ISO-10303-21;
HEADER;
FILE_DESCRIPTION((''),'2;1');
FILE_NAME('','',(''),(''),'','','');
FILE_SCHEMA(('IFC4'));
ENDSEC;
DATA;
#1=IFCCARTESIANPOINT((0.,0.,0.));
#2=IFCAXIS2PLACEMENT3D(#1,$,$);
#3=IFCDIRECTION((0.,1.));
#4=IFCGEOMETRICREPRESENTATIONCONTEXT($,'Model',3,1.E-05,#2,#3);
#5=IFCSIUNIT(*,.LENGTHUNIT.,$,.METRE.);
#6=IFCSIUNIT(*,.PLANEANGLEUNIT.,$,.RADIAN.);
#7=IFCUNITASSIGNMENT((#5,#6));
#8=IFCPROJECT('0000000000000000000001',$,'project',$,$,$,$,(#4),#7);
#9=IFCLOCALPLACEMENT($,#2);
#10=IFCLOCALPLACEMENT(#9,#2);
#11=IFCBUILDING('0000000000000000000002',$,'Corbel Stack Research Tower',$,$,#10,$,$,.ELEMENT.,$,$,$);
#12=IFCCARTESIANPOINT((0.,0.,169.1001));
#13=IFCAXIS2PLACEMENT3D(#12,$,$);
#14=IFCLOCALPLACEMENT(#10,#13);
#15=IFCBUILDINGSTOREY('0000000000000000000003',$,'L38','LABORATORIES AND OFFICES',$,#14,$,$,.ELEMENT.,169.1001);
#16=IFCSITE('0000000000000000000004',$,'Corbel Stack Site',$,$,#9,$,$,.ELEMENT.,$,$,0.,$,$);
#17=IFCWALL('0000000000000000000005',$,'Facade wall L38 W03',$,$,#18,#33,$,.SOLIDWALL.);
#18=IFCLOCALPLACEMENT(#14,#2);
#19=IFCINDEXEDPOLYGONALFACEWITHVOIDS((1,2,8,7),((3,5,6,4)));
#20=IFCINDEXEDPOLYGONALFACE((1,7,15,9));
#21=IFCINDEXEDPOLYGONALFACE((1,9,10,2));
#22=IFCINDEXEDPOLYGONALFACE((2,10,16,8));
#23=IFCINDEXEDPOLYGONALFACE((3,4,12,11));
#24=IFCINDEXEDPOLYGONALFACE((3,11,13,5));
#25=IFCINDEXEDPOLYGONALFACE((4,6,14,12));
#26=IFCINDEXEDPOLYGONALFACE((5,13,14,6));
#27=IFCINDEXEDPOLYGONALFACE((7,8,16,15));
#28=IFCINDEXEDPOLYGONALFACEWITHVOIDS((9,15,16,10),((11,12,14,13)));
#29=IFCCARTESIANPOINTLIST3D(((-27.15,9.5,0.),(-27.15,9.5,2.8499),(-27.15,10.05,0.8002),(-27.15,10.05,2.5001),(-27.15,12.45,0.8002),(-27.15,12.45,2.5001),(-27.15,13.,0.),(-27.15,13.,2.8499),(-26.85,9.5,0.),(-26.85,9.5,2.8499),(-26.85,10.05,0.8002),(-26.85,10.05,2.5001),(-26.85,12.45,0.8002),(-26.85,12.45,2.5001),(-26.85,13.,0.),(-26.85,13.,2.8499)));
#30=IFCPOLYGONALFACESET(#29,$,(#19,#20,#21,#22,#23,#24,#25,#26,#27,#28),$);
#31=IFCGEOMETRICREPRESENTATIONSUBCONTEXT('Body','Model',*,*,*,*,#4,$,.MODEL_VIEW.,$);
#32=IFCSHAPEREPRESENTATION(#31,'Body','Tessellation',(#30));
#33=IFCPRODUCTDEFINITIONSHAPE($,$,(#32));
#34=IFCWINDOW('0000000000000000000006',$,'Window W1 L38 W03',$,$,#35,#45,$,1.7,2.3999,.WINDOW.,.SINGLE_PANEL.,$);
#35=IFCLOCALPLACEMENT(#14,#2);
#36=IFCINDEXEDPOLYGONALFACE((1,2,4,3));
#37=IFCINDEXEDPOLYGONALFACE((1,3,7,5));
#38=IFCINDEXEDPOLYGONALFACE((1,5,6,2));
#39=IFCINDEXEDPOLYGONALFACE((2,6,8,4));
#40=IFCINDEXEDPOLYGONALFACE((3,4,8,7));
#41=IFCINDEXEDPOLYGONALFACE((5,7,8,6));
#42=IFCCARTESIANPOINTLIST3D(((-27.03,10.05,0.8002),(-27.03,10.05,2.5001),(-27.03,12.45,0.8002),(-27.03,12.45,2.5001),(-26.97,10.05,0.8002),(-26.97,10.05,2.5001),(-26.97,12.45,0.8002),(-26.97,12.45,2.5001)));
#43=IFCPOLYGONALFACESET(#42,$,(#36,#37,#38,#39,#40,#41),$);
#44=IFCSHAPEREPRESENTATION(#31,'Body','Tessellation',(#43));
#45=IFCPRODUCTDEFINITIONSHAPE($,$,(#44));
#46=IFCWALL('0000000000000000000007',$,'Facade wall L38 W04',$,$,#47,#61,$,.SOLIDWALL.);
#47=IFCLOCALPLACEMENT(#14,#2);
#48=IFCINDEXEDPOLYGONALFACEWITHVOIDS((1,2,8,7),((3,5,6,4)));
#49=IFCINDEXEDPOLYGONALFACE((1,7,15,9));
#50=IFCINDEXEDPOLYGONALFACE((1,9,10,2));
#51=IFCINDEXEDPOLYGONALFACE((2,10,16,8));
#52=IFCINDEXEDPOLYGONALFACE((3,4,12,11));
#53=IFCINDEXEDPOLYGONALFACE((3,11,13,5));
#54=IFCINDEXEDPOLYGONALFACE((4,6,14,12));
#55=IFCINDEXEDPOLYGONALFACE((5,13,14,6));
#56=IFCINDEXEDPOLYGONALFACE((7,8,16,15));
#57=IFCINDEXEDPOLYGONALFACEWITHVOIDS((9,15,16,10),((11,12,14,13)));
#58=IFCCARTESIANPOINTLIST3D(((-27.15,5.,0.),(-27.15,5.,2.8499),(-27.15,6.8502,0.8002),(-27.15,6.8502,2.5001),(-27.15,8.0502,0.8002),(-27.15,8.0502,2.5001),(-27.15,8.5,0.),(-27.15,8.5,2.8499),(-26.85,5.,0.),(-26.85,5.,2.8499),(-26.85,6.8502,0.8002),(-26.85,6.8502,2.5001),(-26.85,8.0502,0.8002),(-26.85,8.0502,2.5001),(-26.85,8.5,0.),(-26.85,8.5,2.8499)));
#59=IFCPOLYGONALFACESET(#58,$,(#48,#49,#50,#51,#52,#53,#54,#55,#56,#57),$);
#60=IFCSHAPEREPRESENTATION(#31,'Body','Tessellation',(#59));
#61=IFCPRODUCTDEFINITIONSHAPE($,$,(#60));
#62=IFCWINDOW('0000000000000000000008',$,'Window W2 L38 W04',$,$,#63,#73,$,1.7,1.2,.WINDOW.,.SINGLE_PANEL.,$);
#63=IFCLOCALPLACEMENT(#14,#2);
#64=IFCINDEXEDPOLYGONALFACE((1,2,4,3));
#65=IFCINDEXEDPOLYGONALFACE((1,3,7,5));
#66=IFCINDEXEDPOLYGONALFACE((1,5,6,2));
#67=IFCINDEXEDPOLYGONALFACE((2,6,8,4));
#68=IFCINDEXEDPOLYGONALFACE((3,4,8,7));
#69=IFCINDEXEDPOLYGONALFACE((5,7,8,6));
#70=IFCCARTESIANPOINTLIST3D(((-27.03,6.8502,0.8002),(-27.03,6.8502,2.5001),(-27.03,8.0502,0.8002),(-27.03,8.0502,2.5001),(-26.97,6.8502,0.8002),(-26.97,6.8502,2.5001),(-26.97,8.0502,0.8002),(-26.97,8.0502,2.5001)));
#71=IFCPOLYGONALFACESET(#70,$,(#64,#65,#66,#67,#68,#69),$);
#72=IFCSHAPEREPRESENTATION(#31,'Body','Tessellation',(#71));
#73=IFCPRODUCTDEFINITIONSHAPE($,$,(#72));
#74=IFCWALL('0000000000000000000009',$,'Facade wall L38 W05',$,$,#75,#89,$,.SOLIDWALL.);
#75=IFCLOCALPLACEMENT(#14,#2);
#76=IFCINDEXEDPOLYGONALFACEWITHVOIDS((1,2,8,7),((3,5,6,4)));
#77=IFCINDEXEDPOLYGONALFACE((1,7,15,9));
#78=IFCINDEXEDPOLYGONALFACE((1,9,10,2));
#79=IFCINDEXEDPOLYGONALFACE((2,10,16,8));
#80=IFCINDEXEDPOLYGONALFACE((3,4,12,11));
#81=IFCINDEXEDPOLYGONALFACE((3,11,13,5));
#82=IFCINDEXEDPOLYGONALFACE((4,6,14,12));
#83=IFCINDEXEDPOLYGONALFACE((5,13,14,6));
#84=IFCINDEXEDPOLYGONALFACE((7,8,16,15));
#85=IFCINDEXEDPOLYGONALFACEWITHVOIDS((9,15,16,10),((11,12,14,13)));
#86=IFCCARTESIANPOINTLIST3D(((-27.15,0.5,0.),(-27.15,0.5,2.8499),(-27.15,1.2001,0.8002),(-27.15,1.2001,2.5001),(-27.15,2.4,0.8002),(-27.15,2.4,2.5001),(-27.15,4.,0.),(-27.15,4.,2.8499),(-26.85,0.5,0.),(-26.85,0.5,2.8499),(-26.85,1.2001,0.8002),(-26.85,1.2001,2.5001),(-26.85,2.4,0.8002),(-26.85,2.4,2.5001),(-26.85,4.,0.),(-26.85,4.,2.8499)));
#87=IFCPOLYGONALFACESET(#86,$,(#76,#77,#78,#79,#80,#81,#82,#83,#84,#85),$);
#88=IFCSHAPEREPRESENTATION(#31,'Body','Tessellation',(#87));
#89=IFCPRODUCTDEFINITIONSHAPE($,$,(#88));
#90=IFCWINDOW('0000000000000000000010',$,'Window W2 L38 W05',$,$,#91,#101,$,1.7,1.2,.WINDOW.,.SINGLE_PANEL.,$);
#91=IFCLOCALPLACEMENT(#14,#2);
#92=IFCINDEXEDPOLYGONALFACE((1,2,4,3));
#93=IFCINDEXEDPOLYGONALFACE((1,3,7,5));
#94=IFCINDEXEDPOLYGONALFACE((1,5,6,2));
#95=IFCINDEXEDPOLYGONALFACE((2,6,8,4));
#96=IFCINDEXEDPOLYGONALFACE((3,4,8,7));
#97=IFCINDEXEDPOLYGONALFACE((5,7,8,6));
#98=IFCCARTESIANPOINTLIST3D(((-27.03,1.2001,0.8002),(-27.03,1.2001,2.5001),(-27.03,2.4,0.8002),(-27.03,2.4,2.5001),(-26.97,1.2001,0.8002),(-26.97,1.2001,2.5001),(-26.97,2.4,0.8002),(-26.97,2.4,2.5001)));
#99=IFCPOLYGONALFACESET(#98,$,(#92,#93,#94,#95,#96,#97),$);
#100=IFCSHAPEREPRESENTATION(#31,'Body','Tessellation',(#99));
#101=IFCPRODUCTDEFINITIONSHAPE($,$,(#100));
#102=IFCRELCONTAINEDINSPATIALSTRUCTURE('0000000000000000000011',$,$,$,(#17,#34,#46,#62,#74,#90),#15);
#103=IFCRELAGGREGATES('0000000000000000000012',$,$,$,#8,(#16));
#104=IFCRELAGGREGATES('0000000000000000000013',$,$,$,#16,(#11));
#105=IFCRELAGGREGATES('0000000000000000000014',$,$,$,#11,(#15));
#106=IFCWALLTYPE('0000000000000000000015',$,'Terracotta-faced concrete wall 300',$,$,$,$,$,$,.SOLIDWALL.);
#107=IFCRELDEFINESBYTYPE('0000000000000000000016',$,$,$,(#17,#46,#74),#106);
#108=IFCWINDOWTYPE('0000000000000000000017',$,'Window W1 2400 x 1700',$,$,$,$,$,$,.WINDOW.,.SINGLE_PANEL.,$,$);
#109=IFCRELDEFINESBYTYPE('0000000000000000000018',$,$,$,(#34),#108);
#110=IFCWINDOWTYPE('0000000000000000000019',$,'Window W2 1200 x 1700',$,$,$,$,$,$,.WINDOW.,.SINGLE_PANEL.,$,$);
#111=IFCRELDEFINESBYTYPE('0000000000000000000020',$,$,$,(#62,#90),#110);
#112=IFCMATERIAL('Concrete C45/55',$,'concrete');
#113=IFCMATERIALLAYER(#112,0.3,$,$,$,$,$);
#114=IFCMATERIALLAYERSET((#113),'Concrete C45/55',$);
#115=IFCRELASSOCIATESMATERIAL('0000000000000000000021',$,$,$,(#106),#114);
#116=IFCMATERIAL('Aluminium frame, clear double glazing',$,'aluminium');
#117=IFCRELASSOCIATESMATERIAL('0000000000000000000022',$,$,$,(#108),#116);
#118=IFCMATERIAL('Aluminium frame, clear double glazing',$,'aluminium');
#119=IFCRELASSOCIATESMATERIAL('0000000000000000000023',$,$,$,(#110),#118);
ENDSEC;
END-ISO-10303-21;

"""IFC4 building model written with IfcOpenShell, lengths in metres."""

from ifc_helpers import new_model, si_unit, direction, frame, frame_2d, origin, place, context, subcontext, project, spatial, rectangle, extrude, material, layer, layer_set, type_object, element, fill, save


model = new_model("IFC4")

# Units and contexts
model_context = context("Model", 3, precision=1e-05, world=origin(), true_north=direction((0.0, 1.0)))
body_context = subcontext(model_context, "Body", "Model", "MODEL_VIEW")
ifc_project = project(units=[si_unit("LENGTHUNIT", "METRE"), si_unit("PLANEANGLEUNIT", "RADIAN")], contexts=[model_context])

# Site, building, storey
site_placement = place(None, origin())
site = spatial("IfcSite", under=ifc_project, at=site_placement, Name="Corbel Stack Site", CompositionType="ELEMENT", RefElevation=0.0)
building_placement = place(site_placement, origin())
building = spatial("IfcBuilding", under=site, at=building_placement, Name="Corbel Stack Research Tower", CompositionType="ELEMENT")
storey_placement = place(building_placement, frame((0.0, 0.0, 169.1001)))
storey = spatial("IfcBuildingStorey", under=building, at=storey_placement, Name="L38", Description="LABORATORIES AND OFFICES", CompositionType="ELEMENT", Elevation=169.1001)

# Shared definitions
ifc_material_1 = material(Name="Concrete C45/55", Category="concrete")
ifc_layer_1 = layer(ifc_material_1, 0.3)
ifc_layer_set_1 = layer_set([ifc_layer_1], Name="Concrete C45/55")
wall_type_1 = type_object("IfcWallType", Name="Terracotta-faced concrete wall 300", PredefinedType="SOLIDWALL", material=ifc_layer_set_1)

# Walls, openings, windows
wall_1_placement = place(storey_placement, frame((-27.0, 9.5, 0.0), z_axis=(0.0, 0.0, 1.0), x_axis=(0.0, 1.0, 0.0)))
wall_1 = element("IfcWall", 1, at=wall_1_placement, inside=storey, type_object=wall_type_1, Name="Facade wall L38 W03", PredefinedType="SOLIDWALL", context=body_context, shape_type="SweptSolid", body=[
    extrude(rectangle(XDim=3.5, YDim=0.3, at=frame_2d((1.75, 0.0))), origin(), (0.0, 0.0, 1.0), 2.8499),
])
opening_1_placement = place(wall_1_placement, frame((0.55, 0.0, 0.8)))
opening_1 = element("IfcOpeningElement", 2, at=opening_1_placement, cuts=wall_1, PredefinedType="OPENING", context=body_context, shape_type="SweptSolid", body=[
    extrude(rectangle(XDim=2.3999, YDim=1.7, at=frame_2d((1.2, 0.8501))), frame((0.0, 0.1599, 0.0), z_axis=(0.0, -1.0, 0.0), x_axis=(1.0, 0.0, 0.0)), (0.0, 0.0, 1.0), 0.3201),
])
ifc_material_2 = material(Name="Aluminium frame, clear double glazing", Category="aluminium")
window_type_1 = type_object("IfcWindowType", Name="Window W1 2400 x 1700", PartitioningType="SINGLE_PANEL", PredefinedType="WINDOW", material=ifc_material_2)
window_1_placement = place(opening_1_placement, origin())
window_1 = element("IfcWindow", 3, at=window_1_placement, inside=storey, type_object=window_type_1, Name="Window W1 L38 W03", OverallHeight=1.7, OverallWidth=2.3999, PartitioningType="SINGLE_PANEL", PredefinedType="WINDOW", context=body_context, shape_type="SweptSolid", body=[
    extrude(rectangle(XDim=2.3999, YDim=1.7, at=frame_2d((1.2, 0.8501))), frame((0.0, 0.03, 0.0), z_axis=(0.0, -1.0, 0.0), x_axis=(1.0, 0.0, 0.0)), (0.0, 0.0, 1.0), 0.0601),
])
fill(opening_1, window_1)
wall_2_placement = place(storey_placement, frame((-27.0, 5.0, 0.0), z_axis=(0.0, 0.0, 1.0), x_axis=(0.0, 1.0, 0.0)))
wall_2 = element("IfcWall", 4, at=wall_2_placement, inside=storey, type_object=wall_type_1, Name="Facade wall L38 W04", PredefinedType="SOLIDWALL", context=body_context, shape_type="SweptSolid", body=[
    extrude(rectangle(XDim=3.5, YDim=0.3, at=frame_2d((1.75, 0.0))), origin(), (0.0, 0.0, 1.0), 2.8499),
])
opening_2_placement = place(wall_2_placement, frame((1.8501, 0.0, 0.8)))
opening_2 = element("IfcOpeningElement", 5, at=opening_2_placement, cuts=wall_2, PredefinedType="OPENING", context=body_context, shape_type="SweptSolid", body=[
    extrude(rectangle(XDim=1.2, YDim=1.7, at=frame_2d((0.6001, 0.8501))), frame((0.0, 0.1599, 0.0), z_axis=(0.0, -1.0, 0.0), x_axis=(1.0, 0.0, 0.0)), (0.0, 0.0, 1.0), 0.3201),
])
ifc_material_3 = material(Name="Aluminium frame, clear double glazing", Category="aluminium")
window_type_2 = type_object("IfcWindowType", Name="Window W2 1200 x 1700", PartitioningType="SINGLE_PANEL", PredefinedType="WINDOW", material=ifc_material_3)
window_2_placement = place(opening_2_placement, origin())
window_2 = element("IfcWindow", 6, at=window_2_placement, inside=storey, type_object=window_type_2, Name="Window W2 L38 W04", OverallHeight=1.7, OverallWidth=1.2, PartitioningType="SINGLE_PANEL", PredefinedType="WINDOW", context=body_context, shape_type="SweptSolid", body=[
    extrude(rectangle(XDim=1.2, YDim=1.7, at=frame_2d((0.6001, 0.8501))), frame((0.0, 0.03, 0.0), z_axis=(0.0, -1.0, 0.0), x_axis=(1.0, 0.0, 0.0)), (0.0, 0.0, 1.0), 0.0601),
])
fill(opening_2, window_2)
wall_3_placement = place(storey_placement, frame((-27.0, 0.5, 0.0), z_axis=(0.0, 0.0, 1.0), x_axis=(0.0, 1.0, 0.0)))
wall_3 = element("IfcWall", 7, at=wall_3_placement, inside=storey, type_object=wall_type_1, Name="Facade wall L38 W05", PredefinedType="SOLIDWALL", context=body_context, shape_type="SweptSolid", body=[
    extrude(rectangle(XDim=3.5, YDim=0.3, at=frame_2d((1.75, 0.0))), origin(), (0.0, 0.0, 1.0), 2.8499),
])
opening_3_placement = place(wall_3_placement, frame((0.7, 0.0, 0.8)))
opening_3 = element("IfcOpeningElement", 8, at=opening_3_placement, cuts=wall_3, PredefinedType="OPENING", context=body_context, shape_type="SweptSolid", body=[
    extrude(rectangle(XDim=1.2, YDim=1.7, at=frame_2d((0.6001, 0.8501))), frame((0.0, 0.1599, 0.0), z_axis=(0.0, -1.0, 0.0), x_axis=(1.0, 0.0, 0.0)), (0.0, 0.0, 1.0), 0.3201),
])
window_3_placement = place(opening_3_placement, origin())
window_3 = element("IfcWindow", 9, at=window_3_placement, inside=storey, type_object=window_type_2, Name="Window W2 L38 W05", OverallHeight=1.7, OverallWidth=1.2, PartitioningType="SINGLE_PANEL", PredefinedType="WINDOW", context=body_context, shape_type="SweptSolid", body=[
    extrude(rectangle(XDim=1.2, YDim=1.7, at=frame_2d((0.6001, 0.8501))), frame((0.0, 0.03, 0.0), z_axis=(0.0, -1.0, 0.0), x_axis=(1.0, 0.0, 0.0)), (0.0, 0.0, 1.0), 0.0601),
])
fill(opening_3, window_3)

save(model, "model.ifc")
